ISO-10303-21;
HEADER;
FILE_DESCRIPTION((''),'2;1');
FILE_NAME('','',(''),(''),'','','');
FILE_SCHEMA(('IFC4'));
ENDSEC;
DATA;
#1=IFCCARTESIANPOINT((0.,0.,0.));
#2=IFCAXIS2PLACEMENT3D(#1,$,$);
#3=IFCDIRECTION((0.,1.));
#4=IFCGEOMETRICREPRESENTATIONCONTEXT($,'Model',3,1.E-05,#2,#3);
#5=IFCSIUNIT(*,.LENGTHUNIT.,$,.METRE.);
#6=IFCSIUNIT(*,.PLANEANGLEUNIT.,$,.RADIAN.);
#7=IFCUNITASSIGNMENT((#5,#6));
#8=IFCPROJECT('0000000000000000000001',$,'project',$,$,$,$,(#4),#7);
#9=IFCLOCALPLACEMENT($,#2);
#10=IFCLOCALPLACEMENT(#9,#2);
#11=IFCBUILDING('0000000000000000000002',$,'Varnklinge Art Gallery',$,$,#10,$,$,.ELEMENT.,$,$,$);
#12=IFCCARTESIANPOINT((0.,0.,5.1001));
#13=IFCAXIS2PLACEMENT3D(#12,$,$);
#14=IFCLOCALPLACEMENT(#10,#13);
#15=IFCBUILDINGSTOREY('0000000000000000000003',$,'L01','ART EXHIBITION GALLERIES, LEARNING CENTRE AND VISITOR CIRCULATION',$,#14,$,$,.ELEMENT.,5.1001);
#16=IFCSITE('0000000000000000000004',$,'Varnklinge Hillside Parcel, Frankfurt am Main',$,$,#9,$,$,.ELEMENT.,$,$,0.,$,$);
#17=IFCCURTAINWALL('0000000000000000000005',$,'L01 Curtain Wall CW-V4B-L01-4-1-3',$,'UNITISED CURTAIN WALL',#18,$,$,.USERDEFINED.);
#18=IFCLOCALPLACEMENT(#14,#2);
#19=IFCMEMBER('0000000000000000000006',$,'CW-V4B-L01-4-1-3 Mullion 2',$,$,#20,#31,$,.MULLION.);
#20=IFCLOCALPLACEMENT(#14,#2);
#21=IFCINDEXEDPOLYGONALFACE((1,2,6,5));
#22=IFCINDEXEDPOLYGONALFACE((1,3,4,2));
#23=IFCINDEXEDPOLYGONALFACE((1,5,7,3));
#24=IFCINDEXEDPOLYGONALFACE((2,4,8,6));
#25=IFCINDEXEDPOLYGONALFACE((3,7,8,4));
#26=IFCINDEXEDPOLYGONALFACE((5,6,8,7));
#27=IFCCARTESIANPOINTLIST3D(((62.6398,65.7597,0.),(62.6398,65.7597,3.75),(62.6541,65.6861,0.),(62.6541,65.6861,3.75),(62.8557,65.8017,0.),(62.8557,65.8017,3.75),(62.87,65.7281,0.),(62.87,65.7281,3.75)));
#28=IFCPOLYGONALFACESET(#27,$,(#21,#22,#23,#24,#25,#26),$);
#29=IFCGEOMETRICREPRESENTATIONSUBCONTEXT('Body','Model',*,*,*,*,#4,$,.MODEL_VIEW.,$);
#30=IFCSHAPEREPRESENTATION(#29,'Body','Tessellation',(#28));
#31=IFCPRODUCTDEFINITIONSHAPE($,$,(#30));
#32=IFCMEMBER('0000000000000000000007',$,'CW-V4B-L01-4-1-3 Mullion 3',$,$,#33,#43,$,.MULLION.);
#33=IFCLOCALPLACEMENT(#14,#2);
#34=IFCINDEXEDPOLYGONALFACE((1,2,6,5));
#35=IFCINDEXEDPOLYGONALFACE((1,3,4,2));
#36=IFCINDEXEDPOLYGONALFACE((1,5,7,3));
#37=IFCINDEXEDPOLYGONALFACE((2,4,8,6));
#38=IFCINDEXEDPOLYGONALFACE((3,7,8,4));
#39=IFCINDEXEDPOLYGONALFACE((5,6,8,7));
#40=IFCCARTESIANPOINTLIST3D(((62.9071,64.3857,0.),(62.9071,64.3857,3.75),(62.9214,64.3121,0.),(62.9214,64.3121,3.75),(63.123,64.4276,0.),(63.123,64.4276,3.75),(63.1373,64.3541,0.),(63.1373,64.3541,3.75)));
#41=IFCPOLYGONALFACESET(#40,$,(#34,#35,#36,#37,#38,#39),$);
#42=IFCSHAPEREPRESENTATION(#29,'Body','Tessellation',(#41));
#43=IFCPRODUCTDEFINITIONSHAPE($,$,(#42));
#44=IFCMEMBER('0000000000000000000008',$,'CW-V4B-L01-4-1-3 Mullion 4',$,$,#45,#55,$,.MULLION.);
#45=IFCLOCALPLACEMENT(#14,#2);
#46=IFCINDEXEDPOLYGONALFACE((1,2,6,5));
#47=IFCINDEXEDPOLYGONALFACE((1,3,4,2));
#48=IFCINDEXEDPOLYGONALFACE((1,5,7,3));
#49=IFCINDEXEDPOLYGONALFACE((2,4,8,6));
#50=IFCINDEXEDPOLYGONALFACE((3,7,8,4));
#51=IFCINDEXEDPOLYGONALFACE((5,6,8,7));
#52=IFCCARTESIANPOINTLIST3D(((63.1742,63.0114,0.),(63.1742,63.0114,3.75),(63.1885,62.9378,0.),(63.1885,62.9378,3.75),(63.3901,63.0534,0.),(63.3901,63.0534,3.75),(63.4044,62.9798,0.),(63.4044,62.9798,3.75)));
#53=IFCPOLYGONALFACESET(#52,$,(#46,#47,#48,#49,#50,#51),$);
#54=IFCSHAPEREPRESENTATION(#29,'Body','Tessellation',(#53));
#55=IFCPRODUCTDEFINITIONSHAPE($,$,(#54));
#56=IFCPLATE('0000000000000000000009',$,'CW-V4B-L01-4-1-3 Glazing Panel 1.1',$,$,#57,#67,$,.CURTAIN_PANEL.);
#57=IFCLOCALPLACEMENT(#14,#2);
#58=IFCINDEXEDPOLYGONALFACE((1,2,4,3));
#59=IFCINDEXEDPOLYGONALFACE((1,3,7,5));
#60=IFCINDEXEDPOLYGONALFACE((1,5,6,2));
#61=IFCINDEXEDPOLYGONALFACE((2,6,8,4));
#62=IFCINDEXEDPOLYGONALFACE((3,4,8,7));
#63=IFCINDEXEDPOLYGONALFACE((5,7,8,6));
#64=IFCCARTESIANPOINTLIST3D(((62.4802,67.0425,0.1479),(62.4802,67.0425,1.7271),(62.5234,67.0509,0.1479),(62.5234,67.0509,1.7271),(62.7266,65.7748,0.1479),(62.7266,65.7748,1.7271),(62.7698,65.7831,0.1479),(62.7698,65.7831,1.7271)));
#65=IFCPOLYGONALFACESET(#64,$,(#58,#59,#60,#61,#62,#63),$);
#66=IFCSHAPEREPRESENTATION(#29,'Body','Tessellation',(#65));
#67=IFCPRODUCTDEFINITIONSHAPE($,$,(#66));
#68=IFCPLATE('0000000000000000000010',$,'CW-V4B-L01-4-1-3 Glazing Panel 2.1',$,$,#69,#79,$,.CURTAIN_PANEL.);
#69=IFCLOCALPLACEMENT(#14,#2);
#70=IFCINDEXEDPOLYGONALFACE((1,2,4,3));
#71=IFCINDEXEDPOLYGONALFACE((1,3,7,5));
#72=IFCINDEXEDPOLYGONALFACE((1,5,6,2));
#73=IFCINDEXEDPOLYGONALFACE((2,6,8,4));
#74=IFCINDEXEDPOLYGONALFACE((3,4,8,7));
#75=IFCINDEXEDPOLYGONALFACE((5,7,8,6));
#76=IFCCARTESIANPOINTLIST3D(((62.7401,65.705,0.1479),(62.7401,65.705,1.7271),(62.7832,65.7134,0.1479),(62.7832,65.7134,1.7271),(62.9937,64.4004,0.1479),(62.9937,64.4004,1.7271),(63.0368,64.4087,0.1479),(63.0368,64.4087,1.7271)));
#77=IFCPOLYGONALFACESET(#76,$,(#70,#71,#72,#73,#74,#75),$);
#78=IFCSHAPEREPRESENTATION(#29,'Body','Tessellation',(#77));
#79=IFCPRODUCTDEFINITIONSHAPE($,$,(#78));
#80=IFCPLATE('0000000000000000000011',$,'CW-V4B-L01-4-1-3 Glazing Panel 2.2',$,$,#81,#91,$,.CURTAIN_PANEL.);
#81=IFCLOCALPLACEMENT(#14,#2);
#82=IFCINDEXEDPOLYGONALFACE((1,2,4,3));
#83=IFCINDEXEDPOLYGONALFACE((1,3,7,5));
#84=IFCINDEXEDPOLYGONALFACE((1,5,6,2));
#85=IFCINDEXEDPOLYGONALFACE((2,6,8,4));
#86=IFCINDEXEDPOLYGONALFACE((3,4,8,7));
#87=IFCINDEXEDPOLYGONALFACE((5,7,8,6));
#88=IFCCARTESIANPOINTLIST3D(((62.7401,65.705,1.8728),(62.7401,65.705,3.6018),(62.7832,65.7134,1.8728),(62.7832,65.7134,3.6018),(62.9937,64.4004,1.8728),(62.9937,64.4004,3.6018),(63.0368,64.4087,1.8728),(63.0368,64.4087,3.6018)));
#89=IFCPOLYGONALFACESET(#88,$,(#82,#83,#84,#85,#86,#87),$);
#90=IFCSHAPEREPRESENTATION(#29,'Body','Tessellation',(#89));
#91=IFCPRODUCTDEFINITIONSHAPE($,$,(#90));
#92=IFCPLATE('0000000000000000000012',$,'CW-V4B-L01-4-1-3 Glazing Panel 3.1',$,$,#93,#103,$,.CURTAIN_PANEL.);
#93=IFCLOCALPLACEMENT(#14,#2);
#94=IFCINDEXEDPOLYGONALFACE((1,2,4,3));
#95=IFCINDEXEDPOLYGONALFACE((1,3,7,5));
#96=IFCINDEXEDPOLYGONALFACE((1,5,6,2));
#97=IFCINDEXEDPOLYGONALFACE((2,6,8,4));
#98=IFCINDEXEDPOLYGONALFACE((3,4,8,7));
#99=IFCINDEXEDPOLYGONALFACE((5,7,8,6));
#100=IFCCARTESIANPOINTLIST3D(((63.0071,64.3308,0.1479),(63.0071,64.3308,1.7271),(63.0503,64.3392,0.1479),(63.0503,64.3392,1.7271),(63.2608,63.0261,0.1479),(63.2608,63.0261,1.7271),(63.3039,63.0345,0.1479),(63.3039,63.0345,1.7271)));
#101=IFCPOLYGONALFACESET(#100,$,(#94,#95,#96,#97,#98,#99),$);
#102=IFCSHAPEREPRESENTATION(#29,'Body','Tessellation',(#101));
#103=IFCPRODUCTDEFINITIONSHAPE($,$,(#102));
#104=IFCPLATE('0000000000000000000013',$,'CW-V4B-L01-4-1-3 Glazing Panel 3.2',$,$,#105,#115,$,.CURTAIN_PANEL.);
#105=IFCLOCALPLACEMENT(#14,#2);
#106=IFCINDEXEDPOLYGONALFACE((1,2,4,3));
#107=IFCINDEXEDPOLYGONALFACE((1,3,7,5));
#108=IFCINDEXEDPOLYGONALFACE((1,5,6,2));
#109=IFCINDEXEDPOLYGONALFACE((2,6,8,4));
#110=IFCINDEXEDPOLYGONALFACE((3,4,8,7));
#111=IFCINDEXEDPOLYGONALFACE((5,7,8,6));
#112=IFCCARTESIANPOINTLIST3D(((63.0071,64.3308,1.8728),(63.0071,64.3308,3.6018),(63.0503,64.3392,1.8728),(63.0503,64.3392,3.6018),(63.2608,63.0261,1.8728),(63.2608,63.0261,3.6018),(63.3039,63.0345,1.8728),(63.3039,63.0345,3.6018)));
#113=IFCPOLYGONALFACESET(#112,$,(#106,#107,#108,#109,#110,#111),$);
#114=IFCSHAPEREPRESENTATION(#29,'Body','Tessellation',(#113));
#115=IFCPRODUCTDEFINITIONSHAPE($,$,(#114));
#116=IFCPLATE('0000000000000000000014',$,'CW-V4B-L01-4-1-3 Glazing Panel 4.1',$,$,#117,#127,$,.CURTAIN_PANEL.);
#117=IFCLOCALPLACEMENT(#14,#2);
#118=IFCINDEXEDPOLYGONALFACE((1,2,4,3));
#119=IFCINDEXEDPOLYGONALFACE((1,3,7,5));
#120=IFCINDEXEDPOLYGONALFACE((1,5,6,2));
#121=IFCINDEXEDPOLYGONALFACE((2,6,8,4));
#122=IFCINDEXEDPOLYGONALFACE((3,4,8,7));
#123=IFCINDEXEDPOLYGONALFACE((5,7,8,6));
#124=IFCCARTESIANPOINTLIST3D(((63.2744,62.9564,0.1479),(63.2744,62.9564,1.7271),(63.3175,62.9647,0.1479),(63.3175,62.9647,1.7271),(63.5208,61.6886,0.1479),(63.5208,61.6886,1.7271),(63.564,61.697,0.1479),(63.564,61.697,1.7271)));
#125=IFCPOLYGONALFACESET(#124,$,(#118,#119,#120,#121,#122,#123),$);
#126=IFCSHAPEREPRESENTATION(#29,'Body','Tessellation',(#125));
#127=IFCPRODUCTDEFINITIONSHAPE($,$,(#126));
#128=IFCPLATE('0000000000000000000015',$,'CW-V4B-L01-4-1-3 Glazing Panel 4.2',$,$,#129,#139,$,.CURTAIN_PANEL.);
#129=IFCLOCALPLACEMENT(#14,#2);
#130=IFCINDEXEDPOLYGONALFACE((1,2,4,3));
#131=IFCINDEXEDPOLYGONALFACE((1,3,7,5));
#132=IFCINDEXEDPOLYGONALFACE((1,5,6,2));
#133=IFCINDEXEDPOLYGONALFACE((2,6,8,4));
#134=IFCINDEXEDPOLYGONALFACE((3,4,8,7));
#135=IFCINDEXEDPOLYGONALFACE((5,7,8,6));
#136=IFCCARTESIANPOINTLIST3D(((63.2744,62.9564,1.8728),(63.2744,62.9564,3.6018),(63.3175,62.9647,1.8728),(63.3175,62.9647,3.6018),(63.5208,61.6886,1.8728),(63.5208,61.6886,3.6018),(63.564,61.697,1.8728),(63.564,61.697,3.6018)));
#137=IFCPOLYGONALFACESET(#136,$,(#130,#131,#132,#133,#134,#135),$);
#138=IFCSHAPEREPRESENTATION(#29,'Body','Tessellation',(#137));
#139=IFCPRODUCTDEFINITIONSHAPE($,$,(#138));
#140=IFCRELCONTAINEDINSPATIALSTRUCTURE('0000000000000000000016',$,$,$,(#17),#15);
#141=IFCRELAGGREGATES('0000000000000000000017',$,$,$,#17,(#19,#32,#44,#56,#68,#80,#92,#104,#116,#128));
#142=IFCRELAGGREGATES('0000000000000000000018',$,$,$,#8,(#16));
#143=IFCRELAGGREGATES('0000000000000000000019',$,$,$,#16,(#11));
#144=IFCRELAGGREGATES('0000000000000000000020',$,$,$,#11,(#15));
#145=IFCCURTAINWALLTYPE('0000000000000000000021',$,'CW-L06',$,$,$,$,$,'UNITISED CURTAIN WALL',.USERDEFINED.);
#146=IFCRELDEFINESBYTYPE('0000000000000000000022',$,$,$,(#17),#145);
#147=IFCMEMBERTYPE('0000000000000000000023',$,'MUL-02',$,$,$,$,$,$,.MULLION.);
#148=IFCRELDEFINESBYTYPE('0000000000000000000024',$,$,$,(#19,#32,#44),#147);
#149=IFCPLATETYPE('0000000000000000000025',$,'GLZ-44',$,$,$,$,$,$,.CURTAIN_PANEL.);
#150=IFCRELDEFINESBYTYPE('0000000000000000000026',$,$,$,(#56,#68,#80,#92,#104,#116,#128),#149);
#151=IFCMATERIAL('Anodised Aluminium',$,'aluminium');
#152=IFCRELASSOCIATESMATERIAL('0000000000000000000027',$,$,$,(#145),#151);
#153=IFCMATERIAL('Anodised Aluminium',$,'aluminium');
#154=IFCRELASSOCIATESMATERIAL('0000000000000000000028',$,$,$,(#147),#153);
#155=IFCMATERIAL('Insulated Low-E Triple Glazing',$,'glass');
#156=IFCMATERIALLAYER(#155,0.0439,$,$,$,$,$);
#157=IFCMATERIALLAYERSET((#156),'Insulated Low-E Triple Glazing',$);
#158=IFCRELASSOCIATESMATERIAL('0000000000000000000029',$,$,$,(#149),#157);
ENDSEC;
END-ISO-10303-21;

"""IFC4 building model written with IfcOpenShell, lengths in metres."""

from ifc_helpers import new_model, si_unit, direction, frame, origin, origin_2d, place, context, subcontext, project, spatial, rectangle, extrude, material, layer, layer_set, material_profile, profile_set, type_object, element, aggregate, save


model = new_model("IFC4")

# Units and contexts
model_context = context("Model", 3, precision=1e-05, world=origin(), true_north=direction((0.0, 1.0)))
body_context = subcontext(model_context, "Body", "Model", "MODEL_VIEW")
ifc_project = project(units=[si_unit("LENGTHUNIT", "METRE"), si_unit("PLANEANGLEUNIT", "RADIAN")], contexts=[model_context])

# Site, building, storey
site_placement = place(None, origin())
site = spatial("IfcSite", under=ifc_project, at=site_placement, Name="Varnklinge Hillside Parcel, Frankfurt am Main", CompositionType="ELEMENT", RefElevation=0.0)
building_placement = place(site_placement, origin())
building = spatial("IfcBuilding", under=site, at=building_placement, Name="Varnklinge Art Gallery", CompositionType="ELEMENT")
storey_placement = place(building_placement, frame((0.0, 0.0, 5.1001)))
storey = spatial("IfcBuildingStorey", under=building, at=storey_placement, Name="L01", Description="ART EXHIBITION GALLERIES, LEARNING CENTRE AND VISITOR CIRCULATION", CompositionType="ELEMENT", Elevation=5.1001)

# Curtain wall, members, plates
ifc_material_1 = material(Name="Anodised Aluminium", Category="aluminium")
curtain_wall_type = type_object("IfcCurtainWallType", Name="CW-L06", ElementType="UNITISED CURTAIN WALL", PredefinedType="USERDEFINED", material=ifc_material_1)
curtain_wall_placement = place(storey_placement, origin())
curtain_wall = element("IfcCurtainWall", 1, at=curtain_wall_placement, inside=storey, type_object=curtain_wall_type, Name="L01 Curtain Wall CW-V4B-L01-4-1-3", ObjectType="UNITISED CURTAIN WALL", PredefinedType="USERDEFINED")
ifc_material_2 = material(Name="Anodised Aluminium", Category="aluminium")
ifc_material_profile = material_profile(ifc_material_2, rectangle(XDim=0.075, YDim=0.22, at=origin_2d()), Name="ALU 75x220")
ifc_profile_set = profile_set([ifc_material_profile], Name="Anodised Aluminium")
member_type = type_object("IfcMemberType", Name="MUL-02", PredefinedType="MULLION", material=ifc_profile_set)
member_1_placement = place(storey_placement, frame((62.7549, 65.7439, 0.0), z_axis=(0.0, 0.0, 1.0), x_axis=(0.190809, -0.981627, 0.0)))
member_1 = element("IfcMember", 2, at=member_1_placement, type_object=member_type, Name="CW-V4B-L01-4-1-3 Mullion 2", PredefinedType="MULLION", context=body_context, shape_type="SweptSolid", body=[
    extrude(rectangle(XDim=0.075, YDim=0.22, at=origin_2d()), origin(), (0.0, 0.0, 1.0), 3.75),
])
member_2_placement = place(storey_placement, frame((63.0222, 64.3699, 0.0), z_axis=(0.0, 0.0, 1.0), x_axis=(0.190809, -0.981627, 0.0)))
member_2 = element("IfcMember", 3, at=member_2_placement, type_object=member_type, Name="CW-V4B-L01-4-1-3 Mullion 3", PredefinedType="MULLION", context=body_context, shape_type="SweptSolid", body=[
    extrude(rectangle(XDim=0.075, YDim=0.22, at=origin_2d()), origin(), (0.0, 0.0, 1.0), 3.75),
])
member_3_placement = place(storey_placement, frame((63.2893, 62.9956, 0.0), z_axis=(0.0, 0.0, 1.0), x_axis=(0.190809, -0.981627, 0.0)))
member_3 = element("IfcMember", 4, at=member_3_placement, type_object=member_type, Name="CW-V4B-L01-4-1-3 Mullion 4", PredefinedType="MULLION", context=body_context, shape_type="SweptSolid", body=[
    extrude(rectangle(XDim=0.075, YDim=0.22, at=origin_2d()), origin(), (0.0, 0.0, 1.0), 3.75),
])
ifc_material_3 = material(Name="Insulated Low-E Triple Glazing", Category="glass")
ifc_layer_1 = layer(ifc_material_3, 0.0439)
ifc_layer_set_1 = layer_set([ifc_layer_1], Name="Insulated Low-E Triple Glazing")
plate_type = type_object("IfcPlateType", Name="GLZ-44", PredefinedType="CURTAIN_PANEL", material=ifc_layer_set_1)
plate_1_placement = place(storey_placement, frame((62.625, 66.4128, 0.1479), z_axis=(0.0, 0.0, 1.0), x_axis=(0.190809, -0.981627, 0.0)))
plate_1 = element("IfcPlate", 5, at=plate_1_placement, type_object=plate_type, Name="CW-V4B-L01-4-1-3 Glazing Panel 1.1", PredefinedType="CURTAIN_PANEL", context=body_context, shape_type="SweptSolid", body=[
    extrude(rectangle(XDim=1.2915, YDim=0.0439, at=origin_2d()), origin(), (0.0, 0.0, 1.0), 1.5791),
])
plate_2_placement = place(storey_placement, frame((62.8884, 65.0569, 0.1479), z_axis=(0.0, 0.0, 1.0), x_axis=(0.190809, -0.981627, 0.0)))
plate_2 = element("IfcPlate", 6, at=plate_2_placement, type_object=plate_type, Name="CW-V4B-L01-4-1-3 Glazing Panel 2.1", PredefinedType="CURTAIN_PANEL", context=body_context, shape_type="SweptSolid", body=[
    extrude(rectangle(XDim=1.3291, YDim=0.0439, at=origin_2d()), origin(), (0.0, 0.0, 1.0), 1.5791),
])
plate_3_placement = place(storey_placement, frame((62.8884, 65.0569, 1.8728), z_axis=(0.0, 0.0, 1.0), x_axis=(0.190809, -0.981627, 0.0)))
plate_3 = element("IfcPlate", 7, at=plate_3_placement, type_object=plate_type, Name="CW-V4B-L01-4-1-3 Glazing Panel 2.2", PredefinedType="CURTAIN_PANEL", context=body_context, shape_type="SweptSolid", body=[
    extrude(rectangle(XDim=1.3291, YDim=0.0439, at=origin_2d()), origin(), (0.0, 0.0, 1.0), 1.729),
])
plate_4_placement = place(storey_placement, frame((63.1555, 63.6826, 0.1479), z_axis=(0.0, 0.0, 1.0), x_axis=(0.190809, -0.981627, 0.0)))
plate_4 = element("IfcPlate", 8, at=plate_4_placement, type_object=plate_type, Name="CW-V4B-L01-4-1-3 Glazing Panel 3.1", PredefinedType="CURTAIN_PANEL", context=body_context, shape_type="SweptSolid", body=[
    extrude(rectangle(XDim=1.3291, YDim=0.0439, at=origin_2d()), origin(), (0.0, 0.0, 1.0), 1.5791),
])
plate_5_placement = place(storey_placement, frame((63.1555, 63.6826, 1.8728), z_axis=(0.0, 0.0, 1.0), x_axis=(0.190809, -0.981627, 0.0)))
plate_5 = element("IfcPlate", 9, at=plate_5_placement, type_object=plate_type, Name="CW-V4B-L01-4-1-3 Glazing Panel 3.2", PredefinedType="CURTAIN_PANEL", context=body_context, shape_type="SweptSolid", body=[
    extrude(rectangle(XDim=1.3291, YDim=0.0439, at=origin_2d()), origin(), (0.0, 0.0, 1.0), 1.729),
])
plate_6_placement = place(storey_placement, frame((63.4192, 62.3267, 0.1479), z_axis=(0.0, 0.0, 1.0), x_axis=(0.190809, -0.981627, 0.0)))
plate_6 = element("IfcPlate", 10, at=plate_6_placement, type_object=plate_type, Name="CW-V4B-L01-4-1-3 Glazing Panel 4.1", PredefinedType="CURTAIN_PANEL", context=body_context, shape_type="SweptSolid", body=[
    extrude(rectangle(XDim=1.2915, YDim=0.0439, at=origin_2d()), origin(), (0.0, 0.0, 1.0), 1.5791),
])
plate_7_placement = place(storey_placement, frame((63.4192, 62.3267, 1.8728), z_axis=(0.0, 0.0, 1.0), x_axis=(0.190809, -0.981627, 0.0)))
plate_7 = element("IfcPlate", 11, at=plate_7_placement, type_object=plate_type, Name="CW-V4B-L01-4-1-3 Glazing Panel 4.2", PredefinedType="CURTAIN_PANEL", context=body_context, shape_type="SweptSolid", body=[
    extrude(rectangle(XDim=1.2915, YDim=0.0439, at=origin_2d()), origin(), (0.0, 0.0, 1.0), 1.729),
])
aggregate(curtain_wall, [member_1, member_2, member_3, plate_1, plate_2, plate_3, plate_4, plate_5, plate_6, plate_7])

save(model, "model.ifc")
